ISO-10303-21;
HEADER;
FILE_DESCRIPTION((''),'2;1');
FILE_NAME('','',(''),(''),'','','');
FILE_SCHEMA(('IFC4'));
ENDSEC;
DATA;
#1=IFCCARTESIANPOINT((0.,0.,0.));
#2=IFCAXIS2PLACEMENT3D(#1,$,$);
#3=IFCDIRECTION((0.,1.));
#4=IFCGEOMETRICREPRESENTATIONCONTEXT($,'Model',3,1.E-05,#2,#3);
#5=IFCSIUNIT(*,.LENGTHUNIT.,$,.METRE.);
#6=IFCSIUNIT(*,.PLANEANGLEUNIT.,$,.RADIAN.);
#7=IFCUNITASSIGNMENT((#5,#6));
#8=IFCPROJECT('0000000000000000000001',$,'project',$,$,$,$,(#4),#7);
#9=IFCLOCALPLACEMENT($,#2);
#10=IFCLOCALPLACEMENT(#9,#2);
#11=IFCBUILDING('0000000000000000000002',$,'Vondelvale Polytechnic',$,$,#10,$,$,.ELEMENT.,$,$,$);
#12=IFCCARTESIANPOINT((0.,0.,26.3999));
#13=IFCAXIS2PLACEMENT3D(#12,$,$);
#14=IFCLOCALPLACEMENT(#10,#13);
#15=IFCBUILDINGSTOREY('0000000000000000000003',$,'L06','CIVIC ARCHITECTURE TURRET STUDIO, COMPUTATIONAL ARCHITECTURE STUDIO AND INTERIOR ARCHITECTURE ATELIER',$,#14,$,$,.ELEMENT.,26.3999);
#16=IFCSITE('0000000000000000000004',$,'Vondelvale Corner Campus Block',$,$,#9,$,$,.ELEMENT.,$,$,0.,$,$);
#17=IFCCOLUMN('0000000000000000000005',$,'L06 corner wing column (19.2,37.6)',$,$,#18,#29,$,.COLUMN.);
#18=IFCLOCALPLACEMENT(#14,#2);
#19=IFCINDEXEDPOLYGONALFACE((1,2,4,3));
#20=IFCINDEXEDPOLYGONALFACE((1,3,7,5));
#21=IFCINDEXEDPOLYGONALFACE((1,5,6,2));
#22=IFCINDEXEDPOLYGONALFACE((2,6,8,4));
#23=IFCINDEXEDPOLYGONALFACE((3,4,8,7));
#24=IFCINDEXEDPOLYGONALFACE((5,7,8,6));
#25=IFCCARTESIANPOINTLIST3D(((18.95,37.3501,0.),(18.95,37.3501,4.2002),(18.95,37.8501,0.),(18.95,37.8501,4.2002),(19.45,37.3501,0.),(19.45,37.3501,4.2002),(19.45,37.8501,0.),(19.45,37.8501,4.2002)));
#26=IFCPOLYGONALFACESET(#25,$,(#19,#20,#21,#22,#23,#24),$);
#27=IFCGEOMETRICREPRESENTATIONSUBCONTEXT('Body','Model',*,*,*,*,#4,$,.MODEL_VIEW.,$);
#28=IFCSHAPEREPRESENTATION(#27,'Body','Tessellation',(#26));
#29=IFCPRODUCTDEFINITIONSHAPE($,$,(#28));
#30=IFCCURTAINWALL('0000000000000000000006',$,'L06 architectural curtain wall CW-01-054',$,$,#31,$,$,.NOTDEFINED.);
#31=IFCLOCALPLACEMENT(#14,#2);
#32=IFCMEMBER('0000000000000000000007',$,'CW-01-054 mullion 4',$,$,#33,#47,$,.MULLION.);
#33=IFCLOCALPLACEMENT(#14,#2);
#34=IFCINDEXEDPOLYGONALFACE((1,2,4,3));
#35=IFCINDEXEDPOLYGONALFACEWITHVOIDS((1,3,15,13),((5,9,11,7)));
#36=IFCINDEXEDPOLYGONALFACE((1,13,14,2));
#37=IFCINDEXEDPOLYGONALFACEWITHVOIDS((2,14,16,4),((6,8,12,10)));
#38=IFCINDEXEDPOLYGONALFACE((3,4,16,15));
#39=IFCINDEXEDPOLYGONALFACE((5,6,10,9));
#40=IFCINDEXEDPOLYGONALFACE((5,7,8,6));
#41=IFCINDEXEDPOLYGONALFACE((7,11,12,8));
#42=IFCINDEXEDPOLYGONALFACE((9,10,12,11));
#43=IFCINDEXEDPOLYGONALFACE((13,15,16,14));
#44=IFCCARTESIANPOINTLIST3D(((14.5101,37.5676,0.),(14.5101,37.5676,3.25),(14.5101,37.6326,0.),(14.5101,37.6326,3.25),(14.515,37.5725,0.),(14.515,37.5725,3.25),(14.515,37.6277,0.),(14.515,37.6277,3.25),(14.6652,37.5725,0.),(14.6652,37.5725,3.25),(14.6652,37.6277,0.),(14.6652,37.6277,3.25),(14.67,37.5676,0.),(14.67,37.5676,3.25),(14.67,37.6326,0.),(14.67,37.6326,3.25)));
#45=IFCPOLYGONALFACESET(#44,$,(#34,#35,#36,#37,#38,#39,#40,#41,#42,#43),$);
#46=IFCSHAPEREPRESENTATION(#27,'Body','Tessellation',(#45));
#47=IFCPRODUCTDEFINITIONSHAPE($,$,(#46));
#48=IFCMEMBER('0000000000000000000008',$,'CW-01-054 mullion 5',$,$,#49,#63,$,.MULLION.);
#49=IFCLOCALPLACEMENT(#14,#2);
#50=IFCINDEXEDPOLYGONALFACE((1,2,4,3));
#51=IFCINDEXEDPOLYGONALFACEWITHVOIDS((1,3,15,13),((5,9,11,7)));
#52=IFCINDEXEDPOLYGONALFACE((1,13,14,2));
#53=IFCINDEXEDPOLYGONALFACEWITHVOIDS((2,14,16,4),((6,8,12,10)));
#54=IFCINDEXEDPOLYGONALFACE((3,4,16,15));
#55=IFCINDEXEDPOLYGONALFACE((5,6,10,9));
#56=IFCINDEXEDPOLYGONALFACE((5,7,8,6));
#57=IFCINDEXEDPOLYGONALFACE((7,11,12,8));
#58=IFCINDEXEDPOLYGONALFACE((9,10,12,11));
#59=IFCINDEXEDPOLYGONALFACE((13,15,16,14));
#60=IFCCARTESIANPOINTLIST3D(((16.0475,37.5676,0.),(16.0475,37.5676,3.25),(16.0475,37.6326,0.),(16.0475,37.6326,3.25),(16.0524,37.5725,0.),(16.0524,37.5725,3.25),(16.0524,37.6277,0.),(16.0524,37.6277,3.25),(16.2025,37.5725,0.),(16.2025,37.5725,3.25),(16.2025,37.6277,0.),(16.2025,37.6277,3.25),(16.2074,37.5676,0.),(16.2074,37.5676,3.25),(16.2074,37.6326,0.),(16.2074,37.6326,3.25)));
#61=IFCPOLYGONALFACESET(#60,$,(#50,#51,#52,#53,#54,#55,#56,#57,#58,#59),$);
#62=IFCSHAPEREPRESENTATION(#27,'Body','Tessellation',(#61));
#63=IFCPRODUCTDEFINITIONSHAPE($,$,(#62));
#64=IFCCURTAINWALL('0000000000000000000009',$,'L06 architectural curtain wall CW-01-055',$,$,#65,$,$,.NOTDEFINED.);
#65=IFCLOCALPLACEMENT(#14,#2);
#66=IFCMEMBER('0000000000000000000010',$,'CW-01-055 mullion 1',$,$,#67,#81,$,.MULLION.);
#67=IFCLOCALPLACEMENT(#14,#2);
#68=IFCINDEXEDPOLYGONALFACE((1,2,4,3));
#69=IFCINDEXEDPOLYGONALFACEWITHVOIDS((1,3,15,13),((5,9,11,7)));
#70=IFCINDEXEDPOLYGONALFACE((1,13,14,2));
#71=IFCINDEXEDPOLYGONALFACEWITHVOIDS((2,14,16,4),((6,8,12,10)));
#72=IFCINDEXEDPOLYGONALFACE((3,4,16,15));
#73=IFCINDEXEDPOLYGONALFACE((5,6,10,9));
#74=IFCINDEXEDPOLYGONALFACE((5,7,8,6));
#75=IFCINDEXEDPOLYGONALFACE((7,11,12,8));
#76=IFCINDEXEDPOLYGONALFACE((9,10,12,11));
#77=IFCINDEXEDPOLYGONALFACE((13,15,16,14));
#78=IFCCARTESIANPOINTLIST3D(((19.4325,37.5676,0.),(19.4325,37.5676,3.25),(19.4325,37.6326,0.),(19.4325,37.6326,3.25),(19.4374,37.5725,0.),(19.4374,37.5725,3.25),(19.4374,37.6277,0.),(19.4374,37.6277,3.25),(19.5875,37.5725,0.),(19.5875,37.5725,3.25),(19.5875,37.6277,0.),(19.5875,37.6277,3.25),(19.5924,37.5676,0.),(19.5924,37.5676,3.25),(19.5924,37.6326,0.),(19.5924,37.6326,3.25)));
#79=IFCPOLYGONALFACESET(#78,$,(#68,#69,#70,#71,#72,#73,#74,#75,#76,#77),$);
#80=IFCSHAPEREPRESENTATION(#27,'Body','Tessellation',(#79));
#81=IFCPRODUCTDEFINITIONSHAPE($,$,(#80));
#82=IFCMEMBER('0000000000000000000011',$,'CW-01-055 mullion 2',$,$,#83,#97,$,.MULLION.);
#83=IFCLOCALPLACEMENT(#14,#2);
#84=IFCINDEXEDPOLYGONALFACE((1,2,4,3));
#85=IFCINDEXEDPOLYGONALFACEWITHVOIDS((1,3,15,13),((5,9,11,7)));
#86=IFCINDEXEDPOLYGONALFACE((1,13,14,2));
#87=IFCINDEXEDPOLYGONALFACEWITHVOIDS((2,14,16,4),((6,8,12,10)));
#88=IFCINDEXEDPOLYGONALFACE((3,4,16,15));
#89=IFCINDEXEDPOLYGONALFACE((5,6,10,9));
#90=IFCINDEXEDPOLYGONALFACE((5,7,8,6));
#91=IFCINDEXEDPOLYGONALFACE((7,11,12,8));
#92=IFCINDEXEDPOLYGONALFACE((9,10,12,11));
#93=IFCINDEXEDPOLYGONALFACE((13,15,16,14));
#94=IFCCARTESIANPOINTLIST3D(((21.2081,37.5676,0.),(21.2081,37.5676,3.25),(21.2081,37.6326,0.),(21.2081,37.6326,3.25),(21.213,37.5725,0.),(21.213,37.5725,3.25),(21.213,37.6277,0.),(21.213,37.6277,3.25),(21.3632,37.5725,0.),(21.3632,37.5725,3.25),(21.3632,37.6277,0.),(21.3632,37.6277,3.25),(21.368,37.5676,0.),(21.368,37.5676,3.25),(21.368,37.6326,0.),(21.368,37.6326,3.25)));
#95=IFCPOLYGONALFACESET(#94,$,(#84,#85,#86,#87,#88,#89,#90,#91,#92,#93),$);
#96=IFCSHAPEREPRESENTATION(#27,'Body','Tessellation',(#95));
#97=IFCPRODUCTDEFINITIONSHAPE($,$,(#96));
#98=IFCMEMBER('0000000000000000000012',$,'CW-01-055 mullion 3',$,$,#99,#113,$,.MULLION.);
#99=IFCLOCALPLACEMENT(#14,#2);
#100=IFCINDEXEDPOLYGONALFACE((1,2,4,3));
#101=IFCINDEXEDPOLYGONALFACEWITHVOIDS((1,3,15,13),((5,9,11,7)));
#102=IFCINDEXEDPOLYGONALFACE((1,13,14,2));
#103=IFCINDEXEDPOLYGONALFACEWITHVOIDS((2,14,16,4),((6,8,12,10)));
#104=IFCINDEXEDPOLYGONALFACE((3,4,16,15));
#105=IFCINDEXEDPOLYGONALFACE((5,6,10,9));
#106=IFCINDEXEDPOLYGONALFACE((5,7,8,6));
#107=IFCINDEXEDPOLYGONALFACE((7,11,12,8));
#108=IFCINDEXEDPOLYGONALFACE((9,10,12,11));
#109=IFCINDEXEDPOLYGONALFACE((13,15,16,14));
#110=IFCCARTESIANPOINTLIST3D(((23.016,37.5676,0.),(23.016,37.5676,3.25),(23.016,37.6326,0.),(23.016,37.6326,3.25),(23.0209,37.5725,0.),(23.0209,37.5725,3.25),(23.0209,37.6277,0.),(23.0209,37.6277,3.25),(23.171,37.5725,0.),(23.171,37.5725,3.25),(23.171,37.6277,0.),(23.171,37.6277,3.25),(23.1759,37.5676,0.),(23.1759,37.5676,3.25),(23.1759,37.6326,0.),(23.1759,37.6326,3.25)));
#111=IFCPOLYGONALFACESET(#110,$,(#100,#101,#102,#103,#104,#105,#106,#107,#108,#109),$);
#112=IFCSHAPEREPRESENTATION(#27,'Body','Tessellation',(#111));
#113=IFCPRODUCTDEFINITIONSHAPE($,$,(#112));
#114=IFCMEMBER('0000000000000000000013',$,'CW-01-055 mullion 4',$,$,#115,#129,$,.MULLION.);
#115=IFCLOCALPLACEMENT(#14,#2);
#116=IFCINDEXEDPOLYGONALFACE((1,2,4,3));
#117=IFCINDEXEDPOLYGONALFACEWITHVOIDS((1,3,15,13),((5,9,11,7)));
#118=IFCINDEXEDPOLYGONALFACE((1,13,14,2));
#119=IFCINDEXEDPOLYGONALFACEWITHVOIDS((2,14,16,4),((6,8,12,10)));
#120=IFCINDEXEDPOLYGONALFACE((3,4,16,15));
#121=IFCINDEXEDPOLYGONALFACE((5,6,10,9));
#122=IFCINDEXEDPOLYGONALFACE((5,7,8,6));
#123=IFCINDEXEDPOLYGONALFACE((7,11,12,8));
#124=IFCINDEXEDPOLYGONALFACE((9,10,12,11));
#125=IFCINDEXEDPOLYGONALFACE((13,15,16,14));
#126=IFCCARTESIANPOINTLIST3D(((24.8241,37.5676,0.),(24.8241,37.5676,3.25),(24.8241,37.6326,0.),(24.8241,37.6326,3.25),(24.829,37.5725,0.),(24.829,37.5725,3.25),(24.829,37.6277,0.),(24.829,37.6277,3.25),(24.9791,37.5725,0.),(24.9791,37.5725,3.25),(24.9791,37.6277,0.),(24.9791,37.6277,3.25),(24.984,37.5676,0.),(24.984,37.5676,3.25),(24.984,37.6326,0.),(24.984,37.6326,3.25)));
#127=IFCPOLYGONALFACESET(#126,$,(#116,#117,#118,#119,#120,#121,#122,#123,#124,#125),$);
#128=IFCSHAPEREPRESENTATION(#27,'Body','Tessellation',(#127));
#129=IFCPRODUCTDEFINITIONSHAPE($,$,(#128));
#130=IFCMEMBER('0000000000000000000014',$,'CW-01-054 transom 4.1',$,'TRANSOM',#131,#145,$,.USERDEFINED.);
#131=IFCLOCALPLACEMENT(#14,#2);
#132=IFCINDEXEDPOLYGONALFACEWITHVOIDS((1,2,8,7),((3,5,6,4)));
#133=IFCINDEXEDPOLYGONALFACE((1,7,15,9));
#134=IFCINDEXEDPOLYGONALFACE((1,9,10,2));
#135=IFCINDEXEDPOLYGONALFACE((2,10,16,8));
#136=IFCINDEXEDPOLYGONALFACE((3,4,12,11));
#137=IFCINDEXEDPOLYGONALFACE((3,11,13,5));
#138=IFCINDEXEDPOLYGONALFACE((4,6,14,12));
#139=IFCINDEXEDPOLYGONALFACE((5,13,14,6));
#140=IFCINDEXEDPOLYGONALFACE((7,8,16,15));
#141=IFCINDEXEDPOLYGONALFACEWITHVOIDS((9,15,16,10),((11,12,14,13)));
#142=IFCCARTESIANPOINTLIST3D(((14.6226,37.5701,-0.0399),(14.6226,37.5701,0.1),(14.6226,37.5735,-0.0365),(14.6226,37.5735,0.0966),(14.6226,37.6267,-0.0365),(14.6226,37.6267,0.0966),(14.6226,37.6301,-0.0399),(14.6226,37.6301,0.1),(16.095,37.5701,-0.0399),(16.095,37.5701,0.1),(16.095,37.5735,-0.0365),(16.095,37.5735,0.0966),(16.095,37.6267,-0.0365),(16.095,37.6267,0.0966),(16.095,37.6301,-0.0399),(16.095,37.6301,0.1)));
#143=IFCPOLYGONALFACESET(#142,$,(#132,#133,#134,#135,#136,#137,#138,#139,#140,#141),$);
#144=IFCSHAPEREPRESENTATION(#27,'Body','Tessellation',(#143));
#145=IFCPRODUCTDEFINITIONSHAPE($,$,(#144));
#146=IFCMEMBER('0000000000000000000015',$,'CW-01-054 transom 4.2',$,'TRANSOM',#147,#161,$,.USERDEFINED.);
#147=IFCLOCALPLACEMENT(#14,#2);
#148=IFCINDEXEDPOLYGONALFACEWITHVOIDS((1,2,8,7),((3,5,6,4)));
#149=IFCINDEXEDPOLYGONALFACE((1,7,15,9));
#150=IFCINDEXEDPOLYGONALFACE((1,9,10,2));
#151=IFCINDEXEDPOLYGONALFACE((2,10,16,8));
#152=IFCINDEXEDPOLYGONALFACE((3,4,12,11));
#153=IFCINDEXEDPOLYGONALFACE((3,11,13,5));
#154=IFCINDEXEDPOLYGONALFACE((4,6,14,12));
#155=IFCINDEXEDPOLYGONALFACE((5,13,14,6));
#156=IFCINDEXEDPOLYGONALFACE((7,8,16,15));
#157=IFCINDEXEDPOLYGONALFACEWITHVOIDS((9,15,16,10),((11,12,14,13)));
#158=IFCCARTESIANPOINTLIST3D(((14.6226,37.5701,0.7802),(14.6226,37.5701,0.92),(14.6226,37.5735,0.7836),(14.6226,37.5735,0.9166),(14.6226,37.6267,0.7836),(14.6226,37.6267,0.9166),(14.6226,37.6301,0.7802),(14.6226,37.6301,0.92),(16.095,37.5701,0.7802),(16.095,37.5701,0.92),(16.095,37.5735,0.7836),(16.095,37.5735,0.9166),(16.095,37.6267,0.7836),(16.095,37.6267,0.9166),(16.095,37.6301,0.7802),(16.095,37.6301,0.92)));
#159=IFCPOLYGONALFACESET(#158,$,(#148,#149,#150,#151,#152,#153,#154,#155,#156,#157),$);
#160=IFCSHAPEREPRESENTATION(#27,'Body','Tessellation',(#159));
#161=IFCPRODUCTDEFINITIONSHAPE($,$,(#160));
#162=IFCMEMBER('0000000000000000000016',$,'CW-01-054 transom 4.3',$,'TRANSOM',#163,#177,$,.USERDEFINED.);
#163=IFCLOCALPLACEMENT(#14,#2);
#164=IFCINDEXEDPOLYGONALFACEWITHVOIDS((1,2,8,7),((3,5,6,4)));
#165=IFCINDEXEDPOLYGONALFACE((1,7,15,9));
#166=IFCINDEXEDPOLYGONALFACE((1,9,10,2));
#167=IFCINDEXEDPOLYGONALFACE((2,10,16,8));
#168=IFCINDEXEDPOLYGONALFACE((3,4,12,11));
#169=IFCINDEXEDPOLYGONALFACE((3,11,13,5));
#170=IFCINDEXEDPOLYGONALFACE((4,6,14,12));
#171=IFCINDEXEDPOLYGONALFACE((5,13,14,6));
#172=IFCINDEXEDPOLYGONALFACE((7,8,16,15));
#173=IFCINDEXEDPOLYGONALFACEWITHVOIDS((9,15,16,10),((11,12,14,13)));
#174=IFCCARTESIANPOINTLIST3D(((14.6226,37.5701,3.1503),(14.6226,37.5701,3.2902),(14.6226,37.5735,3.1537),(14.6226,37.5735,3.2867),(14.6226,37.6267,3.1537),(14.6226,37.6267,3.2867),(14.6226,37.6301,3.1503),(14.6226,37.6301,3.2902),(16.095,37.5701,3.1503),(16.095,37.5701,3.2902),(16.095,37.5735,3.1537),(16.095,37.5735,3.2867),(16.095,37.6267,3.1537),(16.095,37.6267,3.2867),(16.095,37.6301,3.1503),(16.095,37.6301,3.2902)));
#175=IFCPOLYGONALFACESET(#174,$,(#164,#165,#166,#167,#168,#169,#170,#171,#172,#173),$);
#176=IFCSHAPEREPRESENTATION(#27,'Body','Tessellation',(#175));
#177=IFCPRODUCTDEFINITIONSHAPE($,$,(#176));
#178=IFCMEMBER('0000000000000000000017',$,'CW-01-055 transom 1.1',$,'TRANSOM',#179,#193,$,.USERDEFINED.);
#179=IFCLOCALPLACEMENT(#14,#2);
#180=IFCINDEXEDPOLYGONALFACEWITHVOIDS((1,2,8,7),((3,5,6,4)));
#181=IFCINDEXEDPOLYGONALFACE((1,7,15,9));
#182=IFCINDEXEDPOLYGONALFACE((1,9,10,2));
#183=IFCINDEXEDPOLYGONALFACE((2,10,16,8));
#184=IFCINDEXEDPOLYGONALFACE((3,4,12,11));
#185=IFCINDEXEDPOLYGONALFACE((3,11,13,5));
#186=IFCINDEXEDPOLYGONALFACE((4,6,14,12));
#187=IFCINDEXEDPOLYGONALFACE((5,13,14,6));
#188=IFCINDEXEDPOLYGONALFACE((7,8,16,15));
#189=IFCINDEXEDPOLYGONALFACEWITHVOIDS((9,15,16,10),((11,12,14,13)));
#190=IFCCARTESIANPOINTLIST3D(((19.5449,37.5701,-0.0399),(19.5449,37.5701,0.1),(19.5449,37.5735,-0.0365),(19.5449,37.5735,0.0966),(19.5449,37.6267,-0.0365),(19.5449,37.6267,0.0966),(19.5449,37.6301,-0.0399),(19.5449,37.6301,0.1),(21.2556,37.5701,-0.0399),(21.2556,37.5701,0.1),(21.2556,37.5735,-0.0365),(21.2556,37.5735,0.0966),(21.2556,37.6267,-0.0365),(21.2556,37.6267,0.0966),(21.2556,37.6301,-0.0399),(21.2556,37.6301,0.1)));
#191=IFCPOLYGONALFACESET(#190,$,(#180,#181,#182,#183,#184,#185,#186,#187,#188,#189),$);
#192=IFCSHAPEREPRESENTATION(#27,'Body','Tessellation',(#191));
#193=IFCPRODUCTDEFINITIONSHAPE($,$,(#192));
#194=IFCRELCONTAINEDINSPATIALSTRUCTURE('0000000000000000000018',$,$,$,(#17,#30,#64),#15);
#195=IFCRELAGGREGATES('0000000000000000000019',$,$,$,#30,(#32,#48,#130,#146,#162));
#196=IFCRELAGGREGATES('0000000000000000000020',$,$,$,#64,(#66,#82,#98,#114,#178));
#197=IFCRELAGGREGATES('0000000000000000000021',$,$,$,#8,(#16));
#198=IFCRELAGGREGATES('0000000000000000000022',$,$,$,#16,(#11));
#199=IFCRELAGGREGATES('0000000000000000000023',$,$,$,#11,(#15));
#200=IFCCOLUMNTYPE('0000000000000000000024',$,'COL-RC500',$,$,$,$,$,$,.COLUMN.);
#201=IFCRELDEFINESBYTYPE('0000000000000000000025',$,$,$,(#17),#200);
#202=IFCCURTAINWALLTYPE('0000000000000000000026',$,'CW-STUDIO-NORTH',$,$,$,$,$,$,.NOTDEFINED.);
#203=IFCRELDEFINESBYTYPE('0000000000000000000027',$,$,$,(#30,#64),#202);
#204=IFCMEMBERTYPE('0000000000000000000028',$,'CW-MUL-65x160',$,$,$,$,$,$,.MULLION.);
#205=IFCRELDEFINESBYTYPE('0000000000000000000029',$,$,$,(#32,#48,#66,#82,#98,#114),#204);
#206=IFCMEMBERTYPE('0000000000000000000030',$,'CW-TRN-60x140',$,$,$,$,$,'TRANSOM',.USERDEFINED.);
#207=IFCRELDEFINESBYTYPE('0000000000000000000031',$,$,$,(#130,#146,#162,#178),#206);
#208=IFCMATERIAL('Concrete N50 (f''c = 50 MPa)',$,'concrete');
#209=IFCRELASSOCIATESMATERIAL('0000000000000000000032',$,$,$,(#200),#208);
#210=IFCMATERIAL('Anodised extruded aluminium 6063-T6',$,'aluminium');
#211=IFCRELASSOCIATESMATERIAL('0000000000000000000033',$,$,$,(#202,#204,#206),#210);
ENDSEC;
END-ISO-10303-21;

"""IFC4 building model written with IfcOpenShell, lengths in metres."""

from ifc_helpers import new_model, si_unit, direction, frame, origin, origin_2d, place, context, subcontext, project, spatial, rectangle, hollow_rectangle, extrude, material, material_profile, profile_set, type_object, element, aggregate, save


model = new_model("IFC4")

# Units and contexts
model_context = context("Model", 3, precision=1e-05, world=origin(), true_north=direction((0.0, 1.0)))
body_context = subcontext(model_context, "Body", "Model", "MODEL_VIEW")
ifc_project = project(units=[si_unit("LENGTHUNIT", "METRE"), si_unit("PLANEANGLEUNIT", "RADIAN")], contexts=[model_context])

# Site, building, storey
site_placement = place(None, origin())
site = spatial("IfcSite", under=ifc_project, at=site_placement, Name="Vondelvale Corner Campus Block", CompositionType="ELEMENT", RefElevation=0.0)
building_placement = place(site_placement, origin())
building = spatial("IfcBuilding", under=site, at=building_placement, Name="Vondelvale Polytechnic", CompositionType="ELEMENT")
storey_placement = place(building_placement, frame((0.0, 0.0, 26.3999)))
storey = spatial("IfcBuildingStorey", under=building, at=storey_placement, Name="L06", Description="CIVIC ARCHITECTURE TURRET STUDIO, COMPUTATIONAL ARCHITECTURE STUDIO AND INTERIOR ARCHITECTURE ATELIER", CompositionType="ELEMENT", Elevation=26.3999)

# Column
ifc_material_1 = material(Name="Concrete N50 (f'c = 50 MPa)", Category="concrete")
ifc_material_profile_1 = material_profile(ifc_material_1, rectangle(XDim=0.5, YDim=0.5, at=origin_2d()), Name="RC-COL-500x500")
ifc_profile_set_1 = profile_set([ifc_material_profile_1], Name="Concrete N50 (f'c = 50 MPa)")
column_type = type_object("IfcColumnType", Name="COL-RC500", PredefinedType="COLUMN", material=ifc_profile_set_1)
column_placement = place(storey_placement, frame((19.2, 37.6001, 0.0), z_axis=(0.0, 0.0, 1.0), x_axis=(1.0, 0.0, 0.0)))
element("IfcColumn", 1, at=column_placement, inside=storey, type_object=column_type, Name="L06 corner wing column (19.2,37.6)", PredefinedType="COLUMN", context=body_context, shape_type="SweptSolid", body=[
    extrude(rectangle(XDim=0.5, YDim=0.5, at=origin_2d()), origin(), (0.0, 0.0, 1.0), 4.2002),
])

# Curtain walls, members
ifc_material_2 = material(Name="Anodised extruded aluminium 6063-T6", Category="aluminium")
curtain_wall_type = type_object("IfcCurtainWallType", Name="CW-STUDIO-NORTH", PredefinedType="NOTDEFINED", material=ifc_material_2)
curtain_wall_1_placement = place(storey_placement, origin())
curtain_wall_1 = element("IfcCurtainWall", 2, at=curtain_wall_1_placement, inside=storey, type_object=curtain_wall_type, Name="L06 architectural curtain wall CW-01-054", PredefinedType="NOTDEFINED")
ifc_material_profile_2 = material_profile(ifc_material_2, hollow_rectangle(XDim=0.0649, YDim=0.1599, WallThickness=0.0049, at=origin_2d()), Name="CW-MUL-160x65")
ifc_profile_set_2 = profile_set([ifc_material_profile_2], Name="Anodised extruded aluminium 6063-T6")
member_type_1 = type_object("IfcMemberType", Name="CW-MUL-65x160", PredefinedType="MULLION", material=ifc_profile_set_2)
member_1_placement = place(storey_placement, frame((14.5901, 37.6001, 0.0), z_axis=(0.0, 0.0, 1.0), x_axis=(0.0, 1.0, 0.0)))
member_1 = element("IfcMember", 3, at=member_1_placement, type_object=member_type_1, Name="CW-01-054 mullion 4", PredefinedType="MULLION", context=body_context, shape_type="SweptSolid", body=[
    extrude(hollow_rectangle(XDim=0.0649, YDim=0.1599, WallThickness=0.0049, at=origin_2d()), origin(), (0.0, 0.0, 1.0), 3.25),
])
member_2_placement = place(storey_placement, frame((16.1274, 37.6001, 0.0), z_axis=(0.0, 0.0, 1.0), x_axis=(0.0, 1.0, 0.0)))
member_2 = element("IfcMember", 4, at=member_2_placement, type_object=member_type_1, Name="CW-01-054 mullion 5", PredefinedType="MULLION", context=body_context, shape_type="SweptSolid", body=[
    extrude(hollow_rectangle(XDim=0.0649, YDim=0.1599, WallThickness=0.0049, at=origin_2d()), origin(), (0.0, 0.0, 1.0), 3.25),
])
curtain_wall_2_placement = place(storey_placement, origin())
curtain_wall_2 = element("IfcCurtainWall", 5, at=curtain_wall_2_placement, inside=storey, type_object=curtain_wall_type, Name="L06 architectural curtain wall CW-01-055", PredefinedType="NOTDEFINED")
member_3_placement = place(storey_placement, frame((19.5125, 37.6001, 0.0), z_axis=(0.0, 0.0, 1.0), x_axis=(0.0, 1.0, 0.0)))
member_3 = element("IfcMember", 6, at=member_3_placement, type_object=member_type_1, Name="CW-01-055 mullion 1", PredefinedType="MULLION", context=body_context, shape_type="SweptSolid", body=[
    extrude(hollow_rectangle(XDim=0.0649, YDim=0.1599, WallThickness=0.0049, at=origin_2d()), origin(), (0.0, 0.0, 1.0), 3.25),
])
member_4_placement = place(storey_placement, frame((21.2881, 37.6001, 0.0), z_axis=(0.0, 0.0, 1.0), x_axis=(0.0, 1.0, 0.0)))
member_4 = element("IfcMember", 7, at=member_4_placement, type_object=member_type_1, Name="CW-01-055 mullion 2", PredefinedType="MULLION", context=body_context, shape_type="SweptSolid", body=[
    extrude(hollow_rectangle(XDim=0.0649, YDim=0.1599, WallThickness=0.0049, at=origin_2d()), origin(), (0.0, 0.0, 1.0), 3.25),
])
member_5_placement = place(storey_placement, frame((23.0959, 37.6001, 0.0), z_axis=(0.0, 0.0, 1.0), x_axis=(0.0, 1.0, 0.0)))
member_5 = element("IfcMember", 8, at=member_5_placement, type_object=member_type_1, Name="CW-01-055 mullion 3", PredefinedType="MULLION", context=body_context, shape_type="SweptSolid", body=[
    extrude(hollow_rectangle(XDim=0.0649, YDim=0.1599, WallThickness=0.0049, at=origin_2d()), origin(), (0.0, 0.0, 1.0), 3.25),
])
member_6_placement = place(storey_placement, frame((24.9041, 37.6001, 0.0), z_axis=(0.0, 0.0, 1.0), x_axis=(0.0, 1.0, 0.0)))
member_6 = element("IfcMember", 9, at=member_6_placement, type_object=member_type_1, Name="CW-01-055 mullion 4", PredefinedType="MULLION", context=body_context, shape_type="SweptSolid", body=[
    extrude(hollow_rectangle(XDim=0.0649, YDim=0.1599, WallThickness=0.0049, at=origin_2d()), origin(), (0.0, 0.0, 1.0), 3.25),
])

# Members
ifc_material_profile_3 = material_profile(ifc_material_2, hollow_rectangle(XDim=0.0601, YDim=0.1399, WallThickness=0.0034, at=origin_2d()), Name="CW-TRN-140x60")
ifc_profile_set_3 = profile_set([ifc_material_profile_3], Name="Anodised extruded aluminium 6063-T6")
member_type_2 = type_object("IfcMemberType", Name="CW-TRN-60x140", ElementType="TRANSOM", PredefinedType="USERDEFINED", material=ifc_profile_set_3)
member_7_placement = place(storey_placement, frame((14.6226, 37.6001, 0.03), z_axis=(1.0, 0.0, 0.0), x_axis=(0.0, 1.0, 0.0)))
member_7 = element("IfcMember", 10, at=member_7_placement, type_object=member_type_2, Name="CW-01-054 transom 4.1", ObjectType="TRANSOM", PredefinedType="USERDEFINED", context=body_context, shape_type="SweptSolid", body=[
    extrude(hollow_rectangle(XDim=0.0601, YDim=0.1399, WallThickness=0.0034, at=origin_2d()), origin(), (0.0, 0.0, 1.0), 1.4724),
])
member_8_placement = place(storey_placement, frame((14.6226, 37.6001, 0.8501), z_axis=(1.0, 0.0, 0.0), x_axis=(0.0, 1.0, 0.0)))
member_8 = element("IfcMember", 11, at=member_8_placement, type_object=member_type_2, Name="CW-01-054 transom 4.2", ObjectType="TRANSOM", PredefinedType="USERDEFINED", context=body_context, shape_type="SweptSolid", body=[
    extrude(hollow_rectangle(XDim=0.0601, YDim=0.1399, WallThickness=0.0034, at=origin_2d()), origin(), (0.0, 0.0, 1.0), 1.4724),
])
member_9_placement = place(storey_placement, frame((14.6226, 37.6001, 3.2202), z_axis=(1.0, 0.0, 0.0), x_axis=(0.0, 1.0, 0.0)))
member_9 = element("IfcMember", 12, at=member_9_placement, type_object=member_type_2, Name="CW-01-054 transom 4.3", ObjectType="TRANSOM", PredefinedType="USERDEFINED", context=body_context, shape_type="SweptSolid", body=[
    extrude(hollow_rectangle(XDim=0.0601, YDim=0.1399, WallThickness=0.0034, at=origin_2d()), origin(), (0.0, 0.0, 1.0), 1.4724),
])
member_10_placement = place(storey_placement, frame((19.5449, 37.6001, 0.03), z_axis=(1.0, 0.0, 0.0), x_axis=(0.0, 1.0, 0.0)))
member_10 = element("IfcMember", 13, at=member_10_placement, type_object=member_type_2, Name="CW-01-055 transom 1.1", ObjectType="TRANSOM", PredefinedType="USERDEFINED", context=body_context, shape_type="SweptSolid", body=[
    extrude(hollow_rectangle(XDim=0.0601, YDim=0.1399, WallThickness=0.0034, at=origin_2d()), origin(), (0.0, 0.0, 1.0), 1.7107),
])

aggregate(curtain_wall_1, [member_1, member_2, member_7, member_8, member_9])
aggregate(curtain_wall_2, [member_3, member_4, member_5, member_6, member_10])

save(model, "model.ifc")
